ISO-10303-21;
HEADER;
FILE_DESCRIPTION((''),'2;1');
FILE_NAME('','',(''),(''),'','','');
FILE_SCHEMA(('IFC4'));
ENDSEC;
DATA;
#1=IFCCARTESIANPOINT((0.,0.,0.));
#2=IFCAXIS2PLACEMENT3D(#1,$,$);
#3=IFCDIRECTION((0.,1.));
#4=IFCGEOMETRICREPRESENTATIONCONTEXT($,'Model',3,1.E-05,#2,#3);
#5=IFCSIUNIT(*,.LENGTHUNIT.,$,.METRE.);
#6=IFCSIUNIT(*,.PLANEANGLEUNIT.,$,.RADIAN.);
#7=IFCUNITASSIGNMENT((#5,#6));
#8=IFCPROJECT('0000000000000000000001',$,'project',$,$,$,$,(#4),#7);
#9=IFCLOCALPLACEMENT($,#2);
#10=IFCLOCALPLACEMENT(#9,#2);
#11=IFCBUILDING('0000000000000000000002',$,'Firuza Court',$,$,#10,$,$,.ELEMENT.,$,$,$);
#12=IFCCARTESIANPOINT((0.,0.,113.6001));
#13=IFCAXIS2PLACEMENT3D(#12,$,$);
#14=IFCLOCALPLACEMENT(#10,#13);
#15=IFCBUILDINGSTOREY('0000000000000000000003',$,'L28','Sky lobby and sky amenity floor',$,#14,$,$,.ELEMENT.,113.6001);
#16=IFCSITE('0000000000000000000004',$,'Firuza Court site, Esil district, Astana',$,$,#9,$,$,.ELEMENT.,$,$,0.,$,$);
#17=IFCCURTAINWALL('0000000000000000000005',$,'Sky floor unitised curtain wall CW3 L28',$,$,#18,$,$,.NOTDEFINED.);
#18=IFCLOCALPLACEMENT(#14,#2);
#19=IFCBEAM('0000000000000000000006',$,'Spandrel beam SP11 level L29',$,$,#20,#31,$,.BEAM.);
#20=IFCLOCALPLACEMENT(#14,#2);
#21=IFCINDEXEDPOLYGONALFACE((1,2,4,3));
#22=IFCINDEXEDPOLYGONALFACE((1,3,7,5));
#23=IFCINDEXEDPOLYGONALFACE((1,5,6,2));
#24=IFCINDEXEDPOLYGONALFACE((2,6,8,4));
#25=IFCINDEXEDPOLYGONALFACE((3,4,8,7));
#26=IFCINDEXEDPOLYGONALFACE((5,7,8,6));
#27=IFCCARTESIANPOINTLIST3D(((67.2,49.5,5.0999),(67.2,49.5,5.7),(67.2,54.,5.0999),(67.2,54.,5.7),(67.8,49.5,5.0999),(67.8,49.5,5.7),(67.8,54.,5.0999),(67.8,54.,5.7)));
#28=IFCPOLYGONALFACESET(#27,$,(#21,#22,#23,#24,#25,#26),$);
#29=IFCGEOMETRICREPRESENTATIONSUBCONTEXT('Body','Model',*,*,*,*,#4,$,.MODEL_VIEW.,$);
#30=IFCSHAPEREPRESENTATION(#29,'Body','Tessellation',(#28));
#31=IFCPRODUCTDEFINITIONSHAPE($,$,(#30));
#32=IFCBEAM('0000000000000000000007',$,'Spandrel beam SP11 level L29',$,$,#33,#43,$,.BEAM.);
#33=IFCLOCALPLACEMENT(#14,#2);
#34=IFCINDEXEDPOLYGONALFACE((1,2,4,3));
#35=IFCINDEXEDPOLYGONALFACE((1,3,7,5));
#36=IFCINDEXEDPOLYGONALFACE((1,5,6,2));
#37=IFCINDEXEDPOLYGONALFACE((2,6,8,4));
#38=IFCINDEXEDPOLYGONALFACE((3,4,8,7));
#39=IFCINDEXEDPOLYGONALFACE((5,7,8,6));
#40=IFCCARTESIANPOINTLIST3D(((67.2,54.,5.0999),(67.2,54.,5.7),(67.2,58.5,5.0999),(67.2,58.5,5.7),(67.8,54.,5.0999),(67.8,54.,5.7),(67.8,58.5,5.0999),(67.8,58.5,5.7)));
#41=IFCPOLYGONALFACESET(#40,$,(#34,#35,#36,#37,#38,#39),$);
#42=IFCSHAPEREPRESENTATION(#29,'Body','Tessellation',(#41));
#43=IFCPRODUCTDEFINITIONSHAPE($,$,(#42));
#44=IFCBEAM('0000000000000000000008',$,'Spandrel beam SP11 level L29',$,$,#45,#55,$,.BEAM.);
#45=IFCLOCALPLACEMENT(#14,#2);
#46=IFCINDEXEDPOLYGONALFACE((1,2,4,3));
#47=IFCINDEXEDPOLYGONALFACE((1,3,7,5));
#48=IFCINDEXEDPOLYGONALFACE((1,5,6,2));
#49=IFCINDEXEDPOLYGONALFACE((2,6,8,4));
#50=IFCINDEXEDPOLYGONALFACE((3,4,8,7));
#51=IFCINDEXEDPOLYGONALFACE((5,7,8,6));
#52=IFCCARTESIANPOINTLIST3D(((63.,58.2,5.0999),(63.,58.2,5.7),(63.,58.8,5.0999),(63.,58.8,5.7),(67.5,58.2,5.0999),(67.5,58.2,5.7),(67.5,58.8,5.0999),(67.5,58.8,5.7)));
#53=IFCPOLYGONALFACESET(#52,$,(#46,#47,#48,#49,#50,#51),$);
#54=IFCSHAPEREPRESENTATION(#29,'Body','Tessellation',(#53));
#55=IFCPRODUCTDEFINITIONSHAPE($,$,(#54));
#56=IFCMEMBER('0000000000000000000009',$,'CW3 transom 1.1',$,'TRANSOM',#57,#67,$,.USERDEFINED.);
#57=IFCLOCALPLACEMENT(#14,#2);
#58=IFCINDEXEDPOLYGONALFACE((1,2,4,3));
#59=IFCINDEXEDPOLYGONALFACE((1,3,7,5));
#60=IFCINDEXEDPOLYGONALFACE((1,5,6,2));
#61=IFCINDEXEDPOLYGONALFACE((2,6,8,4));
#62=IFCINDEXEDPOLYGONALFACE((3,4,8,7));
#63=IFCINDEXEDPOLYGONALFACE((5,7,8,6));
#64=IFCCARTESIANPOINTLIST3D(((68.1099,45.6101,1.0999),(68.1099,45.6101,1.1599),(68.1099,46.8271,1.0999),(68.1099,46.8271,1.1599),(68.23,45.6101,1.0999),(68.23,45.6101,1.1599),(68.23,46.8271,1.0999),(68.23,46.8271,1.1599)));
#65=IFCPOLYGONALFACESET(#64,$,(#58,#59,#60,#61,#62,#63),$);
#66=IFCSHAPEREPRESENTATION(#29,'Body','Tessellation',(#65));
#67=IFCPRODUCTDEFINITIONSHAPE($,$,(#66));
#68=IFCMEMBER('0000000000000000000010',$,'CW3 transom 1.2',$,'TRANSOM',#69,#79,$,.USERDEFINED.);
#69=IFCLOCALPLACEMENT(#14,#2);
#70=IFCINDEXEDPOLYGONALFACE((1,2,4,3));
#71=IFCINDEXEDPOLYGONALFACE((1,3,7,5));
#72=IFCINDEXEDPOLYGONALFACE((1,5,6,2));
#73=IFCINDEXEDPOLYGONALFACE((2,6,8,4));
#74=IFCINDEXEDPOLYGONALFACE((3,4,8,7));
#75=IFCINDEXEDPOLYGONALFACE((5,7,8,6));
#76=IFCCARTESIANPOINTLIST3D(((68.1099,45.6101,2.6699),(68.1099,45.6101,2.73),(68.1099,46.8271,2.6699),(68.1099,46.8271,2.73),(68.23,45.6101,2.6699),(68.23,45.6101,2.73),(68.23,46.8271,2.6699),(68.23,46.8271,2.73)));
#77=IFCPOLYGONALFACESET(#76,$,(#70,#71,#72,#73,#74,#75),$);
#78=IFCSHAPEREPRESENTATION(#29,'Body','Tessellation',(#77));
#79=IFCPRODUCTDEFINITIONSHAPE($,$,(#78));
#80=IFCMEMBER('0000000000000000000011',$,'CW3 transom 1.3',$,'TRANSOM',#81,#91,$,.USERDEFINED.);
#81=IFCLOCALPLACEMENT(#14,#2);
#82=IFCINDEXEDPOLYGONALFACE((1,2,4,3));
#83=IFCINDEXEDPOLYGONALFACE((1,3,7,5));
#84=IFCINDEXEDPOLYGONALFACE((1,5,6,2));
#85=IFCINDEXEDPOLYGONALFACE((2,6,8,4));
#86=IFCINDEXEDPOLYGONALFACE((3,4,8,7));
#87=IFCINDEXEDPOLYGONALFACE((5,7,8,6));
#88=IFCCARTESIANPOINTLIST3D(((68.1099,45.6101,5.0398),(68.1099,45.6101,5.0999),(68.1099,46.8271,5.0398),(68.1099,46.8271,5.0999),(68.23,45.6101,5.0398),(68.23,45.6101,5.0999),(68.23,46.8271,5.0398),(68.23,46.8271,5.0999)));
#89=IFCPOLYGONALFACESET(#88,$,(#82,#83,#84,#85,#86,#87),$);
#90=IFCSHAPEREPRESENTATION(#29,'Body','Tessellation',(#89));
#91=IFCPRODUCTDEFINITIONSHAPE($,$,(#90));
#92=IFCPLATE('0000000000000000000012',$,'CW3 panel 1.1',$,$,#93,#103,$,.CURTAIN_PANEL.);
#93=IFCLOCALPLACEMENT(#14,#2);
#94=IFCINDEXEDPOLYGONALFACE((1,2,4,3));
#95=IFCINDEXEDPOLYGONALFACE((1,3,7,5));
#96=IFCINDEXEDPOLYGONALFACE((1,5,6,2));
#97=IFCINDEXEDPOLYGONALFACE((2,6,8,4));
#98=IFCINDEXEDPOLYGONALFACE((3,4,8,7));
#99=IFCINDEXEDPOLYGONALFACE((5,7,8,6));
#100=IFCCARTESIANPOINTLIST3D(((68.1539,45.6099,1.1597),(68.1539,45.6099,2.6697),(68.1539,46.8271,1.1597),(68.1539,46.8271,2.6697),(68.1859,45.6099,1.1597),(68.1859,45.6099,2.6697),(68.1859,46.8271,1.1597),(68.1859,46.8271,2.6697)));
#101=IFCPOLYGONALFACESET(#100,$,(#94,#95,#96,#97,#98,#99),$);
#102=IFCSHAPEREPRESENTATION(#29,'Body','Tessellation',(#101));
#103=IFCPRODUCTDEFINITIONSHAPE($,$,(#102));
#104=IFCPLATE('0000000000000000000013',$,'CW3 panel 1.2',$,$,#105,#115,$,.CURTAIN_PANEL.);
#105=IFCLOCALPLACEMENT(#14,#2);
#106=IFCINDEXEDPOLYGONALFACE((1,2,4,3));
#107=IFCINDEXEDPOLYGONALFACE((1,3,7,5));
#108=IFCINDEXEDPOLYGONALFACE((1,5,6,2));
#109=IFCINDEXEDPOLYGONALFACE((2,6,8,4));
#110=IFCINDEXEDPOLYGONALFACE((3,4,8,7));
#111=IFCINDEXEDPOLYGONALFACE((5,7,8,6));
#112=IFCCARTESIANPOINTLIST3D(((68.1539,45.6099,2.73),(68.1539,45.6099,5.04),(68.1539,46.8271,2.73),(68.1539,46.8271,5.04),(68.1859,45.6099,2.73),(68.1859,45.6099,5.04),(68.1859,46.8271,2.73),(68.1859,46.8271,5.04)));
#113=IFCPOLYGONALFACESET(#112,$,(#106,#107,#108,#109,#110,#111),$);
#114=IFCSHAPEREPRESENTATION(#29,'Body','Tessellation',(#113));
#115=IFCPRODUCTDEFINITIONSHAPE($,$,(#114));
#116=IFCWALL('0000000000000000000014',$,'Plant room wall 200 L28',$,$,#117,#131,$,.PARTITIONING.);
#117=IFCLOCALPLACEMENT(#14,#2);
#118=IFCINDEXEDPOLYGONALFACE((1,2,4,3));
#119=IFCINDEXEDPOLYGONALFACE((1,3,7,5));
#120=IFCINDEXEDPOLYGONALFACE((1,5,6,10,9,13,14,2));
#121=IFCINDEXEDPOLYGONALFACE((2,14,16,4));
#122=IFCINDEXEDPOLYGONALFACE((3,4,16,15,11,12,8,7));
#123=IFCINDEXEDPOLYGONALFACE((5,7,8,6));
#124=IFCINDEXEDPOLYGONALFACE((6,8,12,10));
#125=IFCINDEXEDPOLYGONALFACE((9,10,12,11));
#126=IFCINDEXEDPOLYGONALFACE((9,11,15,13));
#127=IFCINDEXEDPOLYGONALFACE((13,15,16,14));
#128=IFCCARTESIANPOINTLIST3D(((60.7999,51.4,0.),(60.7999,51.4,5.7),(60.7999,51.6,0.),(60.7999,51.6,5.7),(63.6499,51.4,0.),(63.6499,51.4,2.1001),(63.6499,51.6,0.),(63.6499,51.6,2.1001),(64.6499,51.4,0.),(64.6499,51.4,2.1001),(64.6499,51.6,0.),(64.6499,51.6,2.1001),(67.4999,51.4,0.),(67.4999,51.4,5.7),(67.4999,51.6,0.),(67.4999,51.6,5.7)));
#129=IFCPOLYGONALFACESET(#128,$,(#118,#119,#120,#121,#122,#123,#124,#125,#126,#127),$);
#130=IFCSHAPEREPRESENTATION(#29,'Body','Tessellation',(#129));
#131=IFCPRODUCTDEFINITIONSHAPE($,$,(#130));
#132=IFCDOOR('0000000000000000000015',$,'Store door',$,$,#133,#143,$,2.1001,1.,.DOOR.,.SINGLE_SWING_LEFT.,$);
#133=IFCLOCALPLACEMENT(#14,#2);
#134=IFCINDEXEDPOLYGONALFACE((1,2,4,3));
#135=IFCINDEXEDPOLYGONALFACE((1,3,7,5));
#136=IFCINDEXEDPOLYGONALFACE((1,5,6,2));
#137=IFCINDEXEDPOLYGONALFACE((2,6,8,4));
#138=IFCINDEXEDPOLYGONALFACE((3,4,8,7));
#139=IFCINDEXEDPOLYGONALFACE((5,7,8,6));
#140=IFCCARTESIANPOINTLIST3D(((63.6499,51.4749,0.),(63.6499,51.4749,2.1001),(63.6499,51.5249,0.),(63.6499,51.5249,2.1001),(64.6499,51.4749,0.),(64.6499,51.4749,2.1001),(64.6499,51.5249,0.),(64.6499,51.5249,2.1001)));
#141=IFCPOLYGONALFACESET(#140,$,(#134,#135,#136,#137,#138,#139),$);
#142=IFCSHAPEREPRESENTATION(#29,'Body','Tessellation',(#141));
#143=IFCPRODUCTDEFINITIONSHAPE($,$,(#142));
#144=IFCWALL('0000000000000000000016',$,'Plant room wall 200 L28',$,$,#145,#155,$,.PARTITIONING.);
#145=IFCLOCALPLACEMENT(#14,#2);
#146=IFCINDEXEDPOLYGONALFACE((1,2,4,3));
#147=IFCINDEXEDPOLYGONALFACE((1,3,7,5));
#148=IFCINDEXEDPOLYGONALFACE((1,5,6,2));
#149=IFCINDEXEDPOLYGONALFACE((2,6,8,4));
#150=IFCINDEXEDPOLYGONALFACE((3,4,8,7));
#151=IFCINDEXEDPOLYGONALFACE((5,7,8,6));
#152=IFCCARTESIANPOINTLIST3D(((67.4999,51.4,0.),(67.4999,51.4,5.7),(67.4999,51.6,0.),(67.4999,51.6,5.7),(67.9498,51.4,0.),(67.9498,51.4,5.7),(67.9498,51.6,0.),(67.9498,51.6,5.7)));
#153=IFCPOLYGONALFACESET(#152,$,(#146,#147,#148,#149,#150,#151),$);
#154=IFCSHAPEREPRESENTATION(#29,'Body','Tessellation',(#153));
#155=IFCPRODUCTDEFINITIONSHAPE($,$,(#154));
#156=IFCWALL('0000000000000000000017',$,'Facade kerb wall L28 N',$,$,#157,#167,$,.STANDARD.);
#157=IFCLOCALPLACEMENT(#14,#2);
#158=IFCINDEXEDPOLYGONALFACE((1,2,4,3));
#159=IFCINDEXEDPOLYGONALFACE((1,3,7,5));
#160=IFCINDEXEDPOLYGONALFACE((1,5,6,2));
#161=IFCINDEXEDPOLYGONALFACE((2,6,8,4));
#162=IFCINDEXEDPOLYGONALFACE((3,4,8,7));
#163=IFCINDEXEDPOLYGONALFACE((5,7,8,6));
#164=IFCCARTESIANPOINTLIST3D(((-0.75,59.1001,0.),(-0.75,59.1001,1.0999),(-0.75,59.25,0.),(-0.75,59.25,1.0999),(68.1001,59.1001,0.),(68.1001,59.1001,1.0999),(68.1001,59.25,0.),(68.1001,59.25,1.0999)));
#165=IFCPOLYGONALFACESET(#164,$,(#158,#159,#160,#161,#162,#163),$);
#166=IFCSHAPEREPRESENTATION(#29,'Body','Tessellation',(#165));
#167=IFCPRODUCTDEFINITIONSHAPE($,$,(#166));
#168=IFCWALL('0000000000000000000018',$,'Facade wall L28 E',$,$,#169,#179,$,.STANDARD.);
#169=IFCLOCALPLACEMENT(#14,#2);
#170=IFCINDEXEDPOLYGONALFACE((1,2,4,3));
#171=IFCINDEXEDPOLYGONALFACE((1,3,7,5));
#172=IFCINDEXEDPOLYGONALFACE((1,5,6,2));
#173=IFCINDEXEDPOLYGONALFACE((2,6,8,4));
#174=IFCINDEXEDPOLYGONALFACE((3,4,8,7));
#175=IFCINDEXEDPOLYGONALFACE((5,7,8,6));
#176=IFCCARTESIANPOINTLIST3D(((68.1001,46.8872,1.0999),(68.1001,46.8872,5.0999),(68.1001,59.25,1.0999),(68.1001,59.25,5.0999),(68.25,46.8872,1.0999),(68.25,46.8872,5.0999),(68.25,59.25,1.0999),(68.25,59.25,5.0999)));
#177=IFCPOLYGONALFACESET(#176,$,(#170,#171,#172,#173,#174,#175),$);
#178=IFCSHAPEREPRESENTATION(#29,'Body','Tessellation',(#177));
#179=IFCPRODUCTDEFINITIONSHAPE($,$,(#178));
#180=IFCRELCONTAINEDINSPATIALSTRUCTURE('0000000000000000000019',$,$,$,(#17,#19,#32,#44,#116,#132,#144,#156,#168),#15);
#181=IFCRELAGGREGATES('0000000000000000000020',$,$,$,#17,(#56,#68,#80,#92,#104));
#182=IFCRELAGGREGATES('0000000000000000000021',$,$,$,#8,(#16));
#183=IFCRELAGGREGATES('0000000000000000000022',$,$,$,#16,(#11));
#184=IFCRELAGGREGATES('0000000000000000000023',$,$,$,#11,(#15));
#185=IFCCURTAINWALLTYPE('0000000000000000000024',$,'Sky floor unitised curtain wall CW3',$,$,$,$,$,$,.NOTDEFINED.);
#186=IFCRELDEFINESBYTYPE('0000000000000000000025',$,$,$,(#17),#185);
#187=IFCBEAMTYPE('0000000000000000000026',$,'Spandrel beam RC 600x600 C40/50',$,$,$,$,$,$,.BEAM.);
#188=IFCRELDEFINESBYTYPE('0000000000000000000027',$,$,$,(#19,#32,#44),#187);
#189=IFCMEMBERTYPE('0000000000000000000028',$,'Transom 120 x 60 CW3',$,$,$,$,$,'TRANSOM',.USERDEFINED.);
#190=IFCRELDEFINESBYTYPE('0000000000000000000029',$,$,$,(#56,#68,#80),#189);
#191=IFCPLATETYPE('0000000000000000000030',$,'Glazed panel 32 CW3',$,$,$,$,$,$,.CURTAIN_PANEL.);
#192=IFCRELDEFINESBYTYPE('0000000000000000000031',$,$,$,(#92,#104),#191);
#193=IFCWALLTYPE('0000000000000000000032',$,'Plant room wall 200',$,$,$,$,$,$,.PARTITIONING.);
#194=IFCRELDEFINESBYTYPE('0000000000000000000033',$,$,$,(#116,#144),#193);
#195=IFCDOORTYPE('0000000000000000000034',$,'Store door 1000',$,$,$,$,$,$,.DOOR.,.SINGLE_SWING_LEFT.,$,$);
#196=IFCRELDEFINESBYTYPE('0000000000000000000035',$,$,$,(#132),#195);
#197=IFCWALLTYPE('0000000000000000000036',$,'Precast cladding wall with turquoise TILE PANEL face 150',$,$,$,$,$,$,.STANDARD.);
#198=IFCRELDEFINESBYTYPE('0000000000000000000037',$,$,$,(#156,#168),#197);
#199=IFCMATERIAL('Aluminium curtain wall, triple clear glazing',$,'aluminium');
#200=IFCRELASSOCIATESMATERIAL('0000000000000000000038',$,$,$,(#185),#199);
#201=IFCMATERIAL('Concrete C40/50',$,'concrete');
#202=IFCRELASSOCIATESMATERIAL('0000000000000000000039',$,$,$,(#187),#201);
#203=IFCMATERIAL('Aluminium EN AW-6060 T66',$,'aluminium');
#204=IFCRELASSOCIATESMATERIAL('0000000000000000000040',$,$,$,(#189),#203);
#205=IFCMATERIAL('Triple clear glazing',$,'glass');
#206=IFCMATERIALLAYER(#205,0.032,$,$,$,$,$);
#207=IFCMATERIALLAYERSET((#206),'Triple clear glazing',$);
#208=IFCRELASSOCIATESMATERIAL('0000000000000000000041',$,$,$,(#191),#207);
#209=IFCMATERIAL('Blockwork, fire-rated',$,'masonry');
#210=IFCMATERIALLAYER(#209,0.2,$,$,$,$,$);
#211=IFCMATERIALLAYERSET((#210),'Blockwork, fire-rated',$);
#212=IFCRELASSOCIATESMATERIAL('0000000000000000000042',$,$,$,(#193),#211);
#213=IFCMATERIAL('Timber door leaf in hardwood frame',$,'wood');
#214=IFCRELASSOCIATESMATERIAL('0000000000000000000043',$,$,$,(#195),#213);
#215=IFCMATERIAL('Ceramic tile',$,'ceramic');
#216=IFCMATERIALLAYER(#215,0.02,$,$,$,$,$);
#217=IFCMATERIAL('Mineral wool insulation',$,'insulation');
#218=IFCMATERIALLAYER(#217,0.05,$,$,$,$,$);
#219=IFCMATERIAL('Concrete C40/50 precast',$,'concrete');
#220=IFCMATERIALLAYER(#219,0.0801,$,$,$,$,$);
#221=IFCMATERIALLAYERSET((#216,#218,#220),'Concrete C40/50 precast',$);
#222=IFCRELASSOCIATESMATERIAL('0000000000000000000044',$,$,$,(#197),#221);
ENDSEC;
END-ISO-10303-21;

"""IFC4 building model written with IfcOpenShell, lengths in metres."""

from ifc_helpers import new_model, si_unit, direction, frame, frame_2d, origin, origin_2d, place, context, subcontext, project, spatial, rectangle, extrude, material, layer, layer_set, material_profile, profile_set, type_object, element, fill, aggregate, save


model = new_model("IFC4")

# Units and contexts
model_context = context("Model", 3, precision=1e-05, world=origin(), true_north=direction((0.0, 1.0)))
body_context = subcontext(model_context, "Body", "Model", "MODEL_VIEW")
ifc_project = project(units=[si_unit("LENGTHUNIT", "METRE"), si_unit("PLANEANGLEUNIT", "RADIAN")], contexts=[model_context])

# Site, building, storey
site_placement = place(None, origin())
site = spatial("IfcSite", under=ifc_project, at=site_placement, Name="Firuza Court site, Esil district, Astana", CompositionType="ELEMENT", RefElevation=0.0)
building_placement = place(site_placement, origin())
building = spatial("IfcBuilding", under=site, at=building_placement, Name="Firuza Court", CompositionType="ELEMENT")
storey_placement = place(building_placement, frame((0.0, 0.0, 113.6001)))
storey = spatial("IfcBuildingStorey", under=building, at=storey_placement, Name="L28", Description="Sky lobby and sky amenity floor", CompositionType="ELEMENT", Elevation=113.6001)

# Curtain wall
ifc_material_1 = material(Name="Aluminium curtain wall, triple clear glazing", Category="aluminium")
curtain_wall_type = type_object("IfcCurtainWallType", Name="Sky floor unitised curtain wall CW3", PredefinedType="NOTDEFINED", material=ifc_material_1)
curtain_wall_placement = place(storey_placement, origin())
curtain_wall = element("IfcCurtainWall", 1, at=curtain_wall_placement, inside=storey, type_object=curtain_wall_type, Name="Sky floor unitised curtain wall CW3 L28", PredefinedType="NOTDEFINED")

# Beams
ifc_material_2 = material(Name="Concrete C40/50", Category="concrete")
ifc_material_profile_1 = material_profile(ifc_material_2, rectangle(XDim=0.6001, YDim=0.6001, at=origin_2d()), Name="RC 600x600")
ifc_profile_set_1 = profile_set([ifc_material_profile_1], Name="Concrete C40/50")
beam_type_1 = type_object("IfcBeamType", Name="Spandrel beam RC 600x600 C40/50", PredefinedType="BEAM", material=ifc_profile_set_1)
for number, where, z_axis, x_axis, name in (
    (2, (67.5, 49.5, 5.3999), (0.0, 1.0, 0.0), (-1.0, 0.0, 0.0), "Spandrel beam SP11 level L29"),
    (3, (67.5, 54.0, 5.3999), (0.0, 1.0, 0.0), (-1.0, 0.0, 0.0), "Spandrel beam SP11 level L29"),
    (4, (67.5, 58.5, 5.3999), (-1.0, 0.0, 0.0), (0.0, -1.0, 0.0), "Spandrel beam SP11 level L29"),
):
    element("IfcBeam", number, at=place(storey_placement, frame(where, z_axis=z_axis, x_axis=x_axis)), inside=storey, type_object=beam_type_1, Name=name, PredefinedType="BEAM", context=body_context, shape_type="SweptSolid", body=[
        extrude(rectangle(XDim=0.6001, YDim=0.6001, at=origin_2d()), origin(), (0.0, 0.0, 1.0), 4.5),
    ])

# Members
ifc_material_3 = material(Name="Aluminium EN AW-6060 T66", Category="aluminium")
ifc_material_profile_2 = material_profile(ifc_material_3, rectangle(XDim=0.1201, YDim=0.0601, at=origin_2d()), Name="Transom 120 x 60 CW3")
ifc_profile_set_2 = profile_set([ifc_material_profile_2], Name="Aluminium EN AW-6060 T66")
member_type_1 = type_object("IfcMemberType", Name="Transom 120 x 60 CW3", ElementType="TRANSOM", PredefinedType="USERDEFINED", material=ifc_profile_set_2)
member_1_placement = place(storey_placement, frame((68.1699, 45.6101, 1.1299), z_axis=(0.0, 1.0, 0.0), x_axis=(-1.0, 0.0, 0.0)))
member_1 = element("IfcMember", 5, at=member_1_placement, type_object=member_type_1, Name="CW3 transom 1.1", ObjectType="TRANSOM", PredefinedType="USERDEFINED", context=body_context, shape_type="SweptSolid", body=[
    extrude(rectangle(XDim=0.1201, YDim=0.0601, at=origin_2d()), origin(), (0.0, 0.0, 1.0), 1.217),
])
member_2_placement = place(storey_placement, frame((68.1699, 45.6101, 2.7), z_axis=(0.0, 1.0, 0.0), x_axis=(-1.0, 0.0, 0.0)))
member_2 = element("IfcMember", 6, at=member_2_placement, type_object=member_type_1, Name="CW3 transom 1.2", ObjectType="TRANSOM", PredefinedType="USERDEFINED", context=body_context, shape_type="SweptSolid", body=[
    extrude(rectangle(XDim=0.1201, YDim=0.0601, at=origin_2d()), origin(), (0.0, 0.0, 1.0), 1.217),
])
member_3_placement = place(storey_placement, frame((68.1699, 45.6101, 5.0698), z_axis=(0.0, 1.0, 0.0), x_axis=(-1.0, 0.0, 0.0)))
member_3 = element("IfcMember", 7, at=member_3_placement, type_object=member_type_1, Name="CW3 transom 1.3", ObjectType="TRANSOM", PredefinedType="USERDEFINED", context=body_context, shape_type="SweptSolid", body=[
    extrude(rectangle(XDim=0.1201, YDim=0.0601, at=origin_2d()), origin(), (0.0, 0.0, 1.0), 1.217),
])

# Plates
ifc_material_4 = material(Name="Triple clear glazing", Category="glass")
ifc_layer_1 = layer(ifc_material_4, 0.032)
ifc_layer_set_1 = layer_set([ifc_layer_1], Name="Triple clear glazing")
plate_type = type_object("IfcPlateType", Name="Glazed panel 32 CW3", PredefinedType="CURTAIN_PANEL", material=ifc_layer_set_1)
plate_1_placement = place(storey_placement, frame((68.1699, 46.2185, 1.1597), z_axis=(0.0, 0.0, 1.0), x_axis=(0.0, 1.0, 0.0)))
plate_1 = element("IfcPlate", 8, at=plate_1_placement, type_object=plate_type, Name="CW3 panel 1.1", PredefinedType="CURTAIN_PANEL", context=body_context, shape_type="SweptSolid", body=[
    extrude(rectangle(XDim=1.2173, YDim=0.032, at=origin_2d()), origin(), (0.0, 0.0, 1.0), 1.51),
])
plate_2_placement = place(storey_placement, frame((68.1699, 46.2185, 2.73), z_axis=(0.0, 0.0, 1.0), x_axis=(0.0, 1.0, 0.0)))
plate_2 = element("IfcPlate", 9, at=plate_2_placement, type_object=plate_type, Name="CW3 panel 1.2", PredefinedType="CURTAIN_PANEL", context=body_context, shape_type="SweptSolid", body=[
    extrude(rectangle(XDim=1.2173, YDim=0.032, at=origin_2d()), origin(), (0.0, 0.0, 1.0), 2.3101),
])
aggregate(curtain_wall, [member_1, member_2, member_3, plate_1, plate_2])

# Wall, opening, door
ifc_material_5 = material(Name="Blockwork, fire-rated", Category="masonry")
ifc_layer_2 = layer(ifc_material_5, 0.2)
ifc_layer_set_2 = layer_set([ifc_layer_2], Name="Blockwork, fire-rated")
wall_type_1 = type_object("IfcWallType", Name="Plant room wall 200", PredefinedType="PARTITIONING", material=ifc_layer_set_2)
wall_1_placement = place(storey_placement, frame((67.5, 51.5, 0.0), z_axis=(0.0, 0.0, 1.0), x_axis=(-1.0, 0.0, 0.0)))
wall_1 = element("IfcWall", 10, at=wall_1_placement, inside=storey, type_object=wall_type_1, Name="Plant room wall 200 L28", PredefinedType="PARTITIONING", context=body_context, shape_type="SweptSolid", body=[
    extrude(rectangle(XDim=6.7, YDim=0.2, at=frame_2d((3.3501, 0.0))), origin(), (0.0, 0.0, 1.0), 5.7),
])
opening_placement = place(wall_1_placement, frame((2.8501, 0.0, 0.0)))
opening = element("IfcOpeningElement", 11, at=opening_placement, cuts=wall_1, PredefinedType="OPENING", context=body_context, shape_type="SweptSolid", body=[
    extrude(rectangle(XDim=1.0, YDim=2.1001, at=frame_2d((0.5, 1.05))), frame((0.0, 0.1118, 0.0), z_axis=(0.0, -1.0, 0.0), x_axis=(1.0, 0.0, 0.0)), (0.0, 0.0, 1.0), 0.2239),
])
ifc_material_6 = material(Name="Timber door leaf in hardwood frame", Category="wood")
door_type = type_object("IfcDoorType", Name="Store door 1000", OperationType="SINGLE_SWING_LEFT", PredefinedType="DOOR", material=ifc_material_6)
door_placement = place(opening_placement, frame((1.0, 0.0, 0.0), z_axis=(0.0, 0.0, 1.0), x_axis=(-1.0, 0.0, 0.0)))
door = element("IfcDoor", 12, at=door_placement, inside=storey, type_object=door_type, Name="Store door", OperationType="SINGLE_SWING_LEFT", OverallHeight=2.1001, OverallWidth=1.0, PredefinedType="DOOR", context=body_context, shape_type="SweptSolid", body=[
    extrude(rectangle(XDim=1.0, YDim=2.1001, at=frame_2d((0.5, 1.05))), frame((0.0, 0.0249, 0.0), z_axis=(0.0, -1.0, 0.0), x_axis=(1.0, 0.0, 0.0)), (0.0, 0.0, 1.0), 0.05),
])
fill(opening, door)

# Walls
wall_2_placement = place(storey_placement, frame((67.95, 51.5, 0.0), z_axis=(0.0, 0.0, 1.0), x_axis=(-1.0, 0.0, 0.0)))
element("IfcWall", 13, at=wall_2_placement, inside=storey, type_object=wall_type_1, Name="Plant room wall 200 L28", PredefinedType="PARTITIONING", context=body_context, shape_type="SweptSolid", body=[
    extrude(rectangle(XDim=0.45, YDim=0.2, at=frame_2d((0.2251, 0.0))), origin(), (0.0, 0.0, 1.0), 5.7),
])
ifc_material_7 = material(Name="Ceramic tile", Category="ceramic")
ifc_layer_3 = layer(ifc_material_7, 0.02)
ifc_material_8 = material(Name="Mineral wool insulation", Category="insulation")
ifc_layer_4 = layer(ifc_material_8, 0.05)
ifc_material_9 = material(Name="Concrete C40/50 precast", Category="concrete")
ifc_layer_5 = layer(ifc_material_9, 0.0801)
ifc_layer_set_3 = layer_set([ifc_layer_3, ifc_layer_4, ifc_layer_5], Name="Concrete C40/50 precast")
wall_type_2 = type_object("IfcWallType", Name="Precast cladding wall with turquoise TILE PANEL face 150", PredefinedType="STANDARD", material=ifc_layer_set_3)
wall_3_placement = place(storey_placement, frame((68.1001, 59.175, 0.0), z_axis=(0.0, 0.0, 1.0), x_axis=(-1.0, 0.0, 0.0)))
element("IfcWall", 14, at=wall_3_placement, inside=storey, type_object=wall_type_2, Name="Facade kerb wall L28 N", PredefinedType="STANDARD", context=body_context, shape_type="SweptSolid", body=[
    extrude(rectangle(XDim=68.8501, YDim=0.1499, at=frame_2d((34.425, 0.0))), origin(), (0.0, 0.0, 1.0), 1.0999),
])
wall_4_placement = place(storey_placement, frame((68.175, 46.8872, 1.0999), z_axis=(0.0, 0.0, 1.0), x_axis=(0.0, 1.0, 0.0)))
element("IfcWall", 15, at=wall_4_placement, inside=storey, type_object=wall_type_2, Name="Facade wall L28 E", PredefinedType="STANDARD", context=body_context, shape_type="SweptSolid", body=[
    extrude(rectangle(XDim=12.3628, YDim=0.1499, at=frame_2d((6.1814, 0.0))), origin(), (0.0, 0.0, 1.0), 4.0),
])

save(model, "model.ifc")
